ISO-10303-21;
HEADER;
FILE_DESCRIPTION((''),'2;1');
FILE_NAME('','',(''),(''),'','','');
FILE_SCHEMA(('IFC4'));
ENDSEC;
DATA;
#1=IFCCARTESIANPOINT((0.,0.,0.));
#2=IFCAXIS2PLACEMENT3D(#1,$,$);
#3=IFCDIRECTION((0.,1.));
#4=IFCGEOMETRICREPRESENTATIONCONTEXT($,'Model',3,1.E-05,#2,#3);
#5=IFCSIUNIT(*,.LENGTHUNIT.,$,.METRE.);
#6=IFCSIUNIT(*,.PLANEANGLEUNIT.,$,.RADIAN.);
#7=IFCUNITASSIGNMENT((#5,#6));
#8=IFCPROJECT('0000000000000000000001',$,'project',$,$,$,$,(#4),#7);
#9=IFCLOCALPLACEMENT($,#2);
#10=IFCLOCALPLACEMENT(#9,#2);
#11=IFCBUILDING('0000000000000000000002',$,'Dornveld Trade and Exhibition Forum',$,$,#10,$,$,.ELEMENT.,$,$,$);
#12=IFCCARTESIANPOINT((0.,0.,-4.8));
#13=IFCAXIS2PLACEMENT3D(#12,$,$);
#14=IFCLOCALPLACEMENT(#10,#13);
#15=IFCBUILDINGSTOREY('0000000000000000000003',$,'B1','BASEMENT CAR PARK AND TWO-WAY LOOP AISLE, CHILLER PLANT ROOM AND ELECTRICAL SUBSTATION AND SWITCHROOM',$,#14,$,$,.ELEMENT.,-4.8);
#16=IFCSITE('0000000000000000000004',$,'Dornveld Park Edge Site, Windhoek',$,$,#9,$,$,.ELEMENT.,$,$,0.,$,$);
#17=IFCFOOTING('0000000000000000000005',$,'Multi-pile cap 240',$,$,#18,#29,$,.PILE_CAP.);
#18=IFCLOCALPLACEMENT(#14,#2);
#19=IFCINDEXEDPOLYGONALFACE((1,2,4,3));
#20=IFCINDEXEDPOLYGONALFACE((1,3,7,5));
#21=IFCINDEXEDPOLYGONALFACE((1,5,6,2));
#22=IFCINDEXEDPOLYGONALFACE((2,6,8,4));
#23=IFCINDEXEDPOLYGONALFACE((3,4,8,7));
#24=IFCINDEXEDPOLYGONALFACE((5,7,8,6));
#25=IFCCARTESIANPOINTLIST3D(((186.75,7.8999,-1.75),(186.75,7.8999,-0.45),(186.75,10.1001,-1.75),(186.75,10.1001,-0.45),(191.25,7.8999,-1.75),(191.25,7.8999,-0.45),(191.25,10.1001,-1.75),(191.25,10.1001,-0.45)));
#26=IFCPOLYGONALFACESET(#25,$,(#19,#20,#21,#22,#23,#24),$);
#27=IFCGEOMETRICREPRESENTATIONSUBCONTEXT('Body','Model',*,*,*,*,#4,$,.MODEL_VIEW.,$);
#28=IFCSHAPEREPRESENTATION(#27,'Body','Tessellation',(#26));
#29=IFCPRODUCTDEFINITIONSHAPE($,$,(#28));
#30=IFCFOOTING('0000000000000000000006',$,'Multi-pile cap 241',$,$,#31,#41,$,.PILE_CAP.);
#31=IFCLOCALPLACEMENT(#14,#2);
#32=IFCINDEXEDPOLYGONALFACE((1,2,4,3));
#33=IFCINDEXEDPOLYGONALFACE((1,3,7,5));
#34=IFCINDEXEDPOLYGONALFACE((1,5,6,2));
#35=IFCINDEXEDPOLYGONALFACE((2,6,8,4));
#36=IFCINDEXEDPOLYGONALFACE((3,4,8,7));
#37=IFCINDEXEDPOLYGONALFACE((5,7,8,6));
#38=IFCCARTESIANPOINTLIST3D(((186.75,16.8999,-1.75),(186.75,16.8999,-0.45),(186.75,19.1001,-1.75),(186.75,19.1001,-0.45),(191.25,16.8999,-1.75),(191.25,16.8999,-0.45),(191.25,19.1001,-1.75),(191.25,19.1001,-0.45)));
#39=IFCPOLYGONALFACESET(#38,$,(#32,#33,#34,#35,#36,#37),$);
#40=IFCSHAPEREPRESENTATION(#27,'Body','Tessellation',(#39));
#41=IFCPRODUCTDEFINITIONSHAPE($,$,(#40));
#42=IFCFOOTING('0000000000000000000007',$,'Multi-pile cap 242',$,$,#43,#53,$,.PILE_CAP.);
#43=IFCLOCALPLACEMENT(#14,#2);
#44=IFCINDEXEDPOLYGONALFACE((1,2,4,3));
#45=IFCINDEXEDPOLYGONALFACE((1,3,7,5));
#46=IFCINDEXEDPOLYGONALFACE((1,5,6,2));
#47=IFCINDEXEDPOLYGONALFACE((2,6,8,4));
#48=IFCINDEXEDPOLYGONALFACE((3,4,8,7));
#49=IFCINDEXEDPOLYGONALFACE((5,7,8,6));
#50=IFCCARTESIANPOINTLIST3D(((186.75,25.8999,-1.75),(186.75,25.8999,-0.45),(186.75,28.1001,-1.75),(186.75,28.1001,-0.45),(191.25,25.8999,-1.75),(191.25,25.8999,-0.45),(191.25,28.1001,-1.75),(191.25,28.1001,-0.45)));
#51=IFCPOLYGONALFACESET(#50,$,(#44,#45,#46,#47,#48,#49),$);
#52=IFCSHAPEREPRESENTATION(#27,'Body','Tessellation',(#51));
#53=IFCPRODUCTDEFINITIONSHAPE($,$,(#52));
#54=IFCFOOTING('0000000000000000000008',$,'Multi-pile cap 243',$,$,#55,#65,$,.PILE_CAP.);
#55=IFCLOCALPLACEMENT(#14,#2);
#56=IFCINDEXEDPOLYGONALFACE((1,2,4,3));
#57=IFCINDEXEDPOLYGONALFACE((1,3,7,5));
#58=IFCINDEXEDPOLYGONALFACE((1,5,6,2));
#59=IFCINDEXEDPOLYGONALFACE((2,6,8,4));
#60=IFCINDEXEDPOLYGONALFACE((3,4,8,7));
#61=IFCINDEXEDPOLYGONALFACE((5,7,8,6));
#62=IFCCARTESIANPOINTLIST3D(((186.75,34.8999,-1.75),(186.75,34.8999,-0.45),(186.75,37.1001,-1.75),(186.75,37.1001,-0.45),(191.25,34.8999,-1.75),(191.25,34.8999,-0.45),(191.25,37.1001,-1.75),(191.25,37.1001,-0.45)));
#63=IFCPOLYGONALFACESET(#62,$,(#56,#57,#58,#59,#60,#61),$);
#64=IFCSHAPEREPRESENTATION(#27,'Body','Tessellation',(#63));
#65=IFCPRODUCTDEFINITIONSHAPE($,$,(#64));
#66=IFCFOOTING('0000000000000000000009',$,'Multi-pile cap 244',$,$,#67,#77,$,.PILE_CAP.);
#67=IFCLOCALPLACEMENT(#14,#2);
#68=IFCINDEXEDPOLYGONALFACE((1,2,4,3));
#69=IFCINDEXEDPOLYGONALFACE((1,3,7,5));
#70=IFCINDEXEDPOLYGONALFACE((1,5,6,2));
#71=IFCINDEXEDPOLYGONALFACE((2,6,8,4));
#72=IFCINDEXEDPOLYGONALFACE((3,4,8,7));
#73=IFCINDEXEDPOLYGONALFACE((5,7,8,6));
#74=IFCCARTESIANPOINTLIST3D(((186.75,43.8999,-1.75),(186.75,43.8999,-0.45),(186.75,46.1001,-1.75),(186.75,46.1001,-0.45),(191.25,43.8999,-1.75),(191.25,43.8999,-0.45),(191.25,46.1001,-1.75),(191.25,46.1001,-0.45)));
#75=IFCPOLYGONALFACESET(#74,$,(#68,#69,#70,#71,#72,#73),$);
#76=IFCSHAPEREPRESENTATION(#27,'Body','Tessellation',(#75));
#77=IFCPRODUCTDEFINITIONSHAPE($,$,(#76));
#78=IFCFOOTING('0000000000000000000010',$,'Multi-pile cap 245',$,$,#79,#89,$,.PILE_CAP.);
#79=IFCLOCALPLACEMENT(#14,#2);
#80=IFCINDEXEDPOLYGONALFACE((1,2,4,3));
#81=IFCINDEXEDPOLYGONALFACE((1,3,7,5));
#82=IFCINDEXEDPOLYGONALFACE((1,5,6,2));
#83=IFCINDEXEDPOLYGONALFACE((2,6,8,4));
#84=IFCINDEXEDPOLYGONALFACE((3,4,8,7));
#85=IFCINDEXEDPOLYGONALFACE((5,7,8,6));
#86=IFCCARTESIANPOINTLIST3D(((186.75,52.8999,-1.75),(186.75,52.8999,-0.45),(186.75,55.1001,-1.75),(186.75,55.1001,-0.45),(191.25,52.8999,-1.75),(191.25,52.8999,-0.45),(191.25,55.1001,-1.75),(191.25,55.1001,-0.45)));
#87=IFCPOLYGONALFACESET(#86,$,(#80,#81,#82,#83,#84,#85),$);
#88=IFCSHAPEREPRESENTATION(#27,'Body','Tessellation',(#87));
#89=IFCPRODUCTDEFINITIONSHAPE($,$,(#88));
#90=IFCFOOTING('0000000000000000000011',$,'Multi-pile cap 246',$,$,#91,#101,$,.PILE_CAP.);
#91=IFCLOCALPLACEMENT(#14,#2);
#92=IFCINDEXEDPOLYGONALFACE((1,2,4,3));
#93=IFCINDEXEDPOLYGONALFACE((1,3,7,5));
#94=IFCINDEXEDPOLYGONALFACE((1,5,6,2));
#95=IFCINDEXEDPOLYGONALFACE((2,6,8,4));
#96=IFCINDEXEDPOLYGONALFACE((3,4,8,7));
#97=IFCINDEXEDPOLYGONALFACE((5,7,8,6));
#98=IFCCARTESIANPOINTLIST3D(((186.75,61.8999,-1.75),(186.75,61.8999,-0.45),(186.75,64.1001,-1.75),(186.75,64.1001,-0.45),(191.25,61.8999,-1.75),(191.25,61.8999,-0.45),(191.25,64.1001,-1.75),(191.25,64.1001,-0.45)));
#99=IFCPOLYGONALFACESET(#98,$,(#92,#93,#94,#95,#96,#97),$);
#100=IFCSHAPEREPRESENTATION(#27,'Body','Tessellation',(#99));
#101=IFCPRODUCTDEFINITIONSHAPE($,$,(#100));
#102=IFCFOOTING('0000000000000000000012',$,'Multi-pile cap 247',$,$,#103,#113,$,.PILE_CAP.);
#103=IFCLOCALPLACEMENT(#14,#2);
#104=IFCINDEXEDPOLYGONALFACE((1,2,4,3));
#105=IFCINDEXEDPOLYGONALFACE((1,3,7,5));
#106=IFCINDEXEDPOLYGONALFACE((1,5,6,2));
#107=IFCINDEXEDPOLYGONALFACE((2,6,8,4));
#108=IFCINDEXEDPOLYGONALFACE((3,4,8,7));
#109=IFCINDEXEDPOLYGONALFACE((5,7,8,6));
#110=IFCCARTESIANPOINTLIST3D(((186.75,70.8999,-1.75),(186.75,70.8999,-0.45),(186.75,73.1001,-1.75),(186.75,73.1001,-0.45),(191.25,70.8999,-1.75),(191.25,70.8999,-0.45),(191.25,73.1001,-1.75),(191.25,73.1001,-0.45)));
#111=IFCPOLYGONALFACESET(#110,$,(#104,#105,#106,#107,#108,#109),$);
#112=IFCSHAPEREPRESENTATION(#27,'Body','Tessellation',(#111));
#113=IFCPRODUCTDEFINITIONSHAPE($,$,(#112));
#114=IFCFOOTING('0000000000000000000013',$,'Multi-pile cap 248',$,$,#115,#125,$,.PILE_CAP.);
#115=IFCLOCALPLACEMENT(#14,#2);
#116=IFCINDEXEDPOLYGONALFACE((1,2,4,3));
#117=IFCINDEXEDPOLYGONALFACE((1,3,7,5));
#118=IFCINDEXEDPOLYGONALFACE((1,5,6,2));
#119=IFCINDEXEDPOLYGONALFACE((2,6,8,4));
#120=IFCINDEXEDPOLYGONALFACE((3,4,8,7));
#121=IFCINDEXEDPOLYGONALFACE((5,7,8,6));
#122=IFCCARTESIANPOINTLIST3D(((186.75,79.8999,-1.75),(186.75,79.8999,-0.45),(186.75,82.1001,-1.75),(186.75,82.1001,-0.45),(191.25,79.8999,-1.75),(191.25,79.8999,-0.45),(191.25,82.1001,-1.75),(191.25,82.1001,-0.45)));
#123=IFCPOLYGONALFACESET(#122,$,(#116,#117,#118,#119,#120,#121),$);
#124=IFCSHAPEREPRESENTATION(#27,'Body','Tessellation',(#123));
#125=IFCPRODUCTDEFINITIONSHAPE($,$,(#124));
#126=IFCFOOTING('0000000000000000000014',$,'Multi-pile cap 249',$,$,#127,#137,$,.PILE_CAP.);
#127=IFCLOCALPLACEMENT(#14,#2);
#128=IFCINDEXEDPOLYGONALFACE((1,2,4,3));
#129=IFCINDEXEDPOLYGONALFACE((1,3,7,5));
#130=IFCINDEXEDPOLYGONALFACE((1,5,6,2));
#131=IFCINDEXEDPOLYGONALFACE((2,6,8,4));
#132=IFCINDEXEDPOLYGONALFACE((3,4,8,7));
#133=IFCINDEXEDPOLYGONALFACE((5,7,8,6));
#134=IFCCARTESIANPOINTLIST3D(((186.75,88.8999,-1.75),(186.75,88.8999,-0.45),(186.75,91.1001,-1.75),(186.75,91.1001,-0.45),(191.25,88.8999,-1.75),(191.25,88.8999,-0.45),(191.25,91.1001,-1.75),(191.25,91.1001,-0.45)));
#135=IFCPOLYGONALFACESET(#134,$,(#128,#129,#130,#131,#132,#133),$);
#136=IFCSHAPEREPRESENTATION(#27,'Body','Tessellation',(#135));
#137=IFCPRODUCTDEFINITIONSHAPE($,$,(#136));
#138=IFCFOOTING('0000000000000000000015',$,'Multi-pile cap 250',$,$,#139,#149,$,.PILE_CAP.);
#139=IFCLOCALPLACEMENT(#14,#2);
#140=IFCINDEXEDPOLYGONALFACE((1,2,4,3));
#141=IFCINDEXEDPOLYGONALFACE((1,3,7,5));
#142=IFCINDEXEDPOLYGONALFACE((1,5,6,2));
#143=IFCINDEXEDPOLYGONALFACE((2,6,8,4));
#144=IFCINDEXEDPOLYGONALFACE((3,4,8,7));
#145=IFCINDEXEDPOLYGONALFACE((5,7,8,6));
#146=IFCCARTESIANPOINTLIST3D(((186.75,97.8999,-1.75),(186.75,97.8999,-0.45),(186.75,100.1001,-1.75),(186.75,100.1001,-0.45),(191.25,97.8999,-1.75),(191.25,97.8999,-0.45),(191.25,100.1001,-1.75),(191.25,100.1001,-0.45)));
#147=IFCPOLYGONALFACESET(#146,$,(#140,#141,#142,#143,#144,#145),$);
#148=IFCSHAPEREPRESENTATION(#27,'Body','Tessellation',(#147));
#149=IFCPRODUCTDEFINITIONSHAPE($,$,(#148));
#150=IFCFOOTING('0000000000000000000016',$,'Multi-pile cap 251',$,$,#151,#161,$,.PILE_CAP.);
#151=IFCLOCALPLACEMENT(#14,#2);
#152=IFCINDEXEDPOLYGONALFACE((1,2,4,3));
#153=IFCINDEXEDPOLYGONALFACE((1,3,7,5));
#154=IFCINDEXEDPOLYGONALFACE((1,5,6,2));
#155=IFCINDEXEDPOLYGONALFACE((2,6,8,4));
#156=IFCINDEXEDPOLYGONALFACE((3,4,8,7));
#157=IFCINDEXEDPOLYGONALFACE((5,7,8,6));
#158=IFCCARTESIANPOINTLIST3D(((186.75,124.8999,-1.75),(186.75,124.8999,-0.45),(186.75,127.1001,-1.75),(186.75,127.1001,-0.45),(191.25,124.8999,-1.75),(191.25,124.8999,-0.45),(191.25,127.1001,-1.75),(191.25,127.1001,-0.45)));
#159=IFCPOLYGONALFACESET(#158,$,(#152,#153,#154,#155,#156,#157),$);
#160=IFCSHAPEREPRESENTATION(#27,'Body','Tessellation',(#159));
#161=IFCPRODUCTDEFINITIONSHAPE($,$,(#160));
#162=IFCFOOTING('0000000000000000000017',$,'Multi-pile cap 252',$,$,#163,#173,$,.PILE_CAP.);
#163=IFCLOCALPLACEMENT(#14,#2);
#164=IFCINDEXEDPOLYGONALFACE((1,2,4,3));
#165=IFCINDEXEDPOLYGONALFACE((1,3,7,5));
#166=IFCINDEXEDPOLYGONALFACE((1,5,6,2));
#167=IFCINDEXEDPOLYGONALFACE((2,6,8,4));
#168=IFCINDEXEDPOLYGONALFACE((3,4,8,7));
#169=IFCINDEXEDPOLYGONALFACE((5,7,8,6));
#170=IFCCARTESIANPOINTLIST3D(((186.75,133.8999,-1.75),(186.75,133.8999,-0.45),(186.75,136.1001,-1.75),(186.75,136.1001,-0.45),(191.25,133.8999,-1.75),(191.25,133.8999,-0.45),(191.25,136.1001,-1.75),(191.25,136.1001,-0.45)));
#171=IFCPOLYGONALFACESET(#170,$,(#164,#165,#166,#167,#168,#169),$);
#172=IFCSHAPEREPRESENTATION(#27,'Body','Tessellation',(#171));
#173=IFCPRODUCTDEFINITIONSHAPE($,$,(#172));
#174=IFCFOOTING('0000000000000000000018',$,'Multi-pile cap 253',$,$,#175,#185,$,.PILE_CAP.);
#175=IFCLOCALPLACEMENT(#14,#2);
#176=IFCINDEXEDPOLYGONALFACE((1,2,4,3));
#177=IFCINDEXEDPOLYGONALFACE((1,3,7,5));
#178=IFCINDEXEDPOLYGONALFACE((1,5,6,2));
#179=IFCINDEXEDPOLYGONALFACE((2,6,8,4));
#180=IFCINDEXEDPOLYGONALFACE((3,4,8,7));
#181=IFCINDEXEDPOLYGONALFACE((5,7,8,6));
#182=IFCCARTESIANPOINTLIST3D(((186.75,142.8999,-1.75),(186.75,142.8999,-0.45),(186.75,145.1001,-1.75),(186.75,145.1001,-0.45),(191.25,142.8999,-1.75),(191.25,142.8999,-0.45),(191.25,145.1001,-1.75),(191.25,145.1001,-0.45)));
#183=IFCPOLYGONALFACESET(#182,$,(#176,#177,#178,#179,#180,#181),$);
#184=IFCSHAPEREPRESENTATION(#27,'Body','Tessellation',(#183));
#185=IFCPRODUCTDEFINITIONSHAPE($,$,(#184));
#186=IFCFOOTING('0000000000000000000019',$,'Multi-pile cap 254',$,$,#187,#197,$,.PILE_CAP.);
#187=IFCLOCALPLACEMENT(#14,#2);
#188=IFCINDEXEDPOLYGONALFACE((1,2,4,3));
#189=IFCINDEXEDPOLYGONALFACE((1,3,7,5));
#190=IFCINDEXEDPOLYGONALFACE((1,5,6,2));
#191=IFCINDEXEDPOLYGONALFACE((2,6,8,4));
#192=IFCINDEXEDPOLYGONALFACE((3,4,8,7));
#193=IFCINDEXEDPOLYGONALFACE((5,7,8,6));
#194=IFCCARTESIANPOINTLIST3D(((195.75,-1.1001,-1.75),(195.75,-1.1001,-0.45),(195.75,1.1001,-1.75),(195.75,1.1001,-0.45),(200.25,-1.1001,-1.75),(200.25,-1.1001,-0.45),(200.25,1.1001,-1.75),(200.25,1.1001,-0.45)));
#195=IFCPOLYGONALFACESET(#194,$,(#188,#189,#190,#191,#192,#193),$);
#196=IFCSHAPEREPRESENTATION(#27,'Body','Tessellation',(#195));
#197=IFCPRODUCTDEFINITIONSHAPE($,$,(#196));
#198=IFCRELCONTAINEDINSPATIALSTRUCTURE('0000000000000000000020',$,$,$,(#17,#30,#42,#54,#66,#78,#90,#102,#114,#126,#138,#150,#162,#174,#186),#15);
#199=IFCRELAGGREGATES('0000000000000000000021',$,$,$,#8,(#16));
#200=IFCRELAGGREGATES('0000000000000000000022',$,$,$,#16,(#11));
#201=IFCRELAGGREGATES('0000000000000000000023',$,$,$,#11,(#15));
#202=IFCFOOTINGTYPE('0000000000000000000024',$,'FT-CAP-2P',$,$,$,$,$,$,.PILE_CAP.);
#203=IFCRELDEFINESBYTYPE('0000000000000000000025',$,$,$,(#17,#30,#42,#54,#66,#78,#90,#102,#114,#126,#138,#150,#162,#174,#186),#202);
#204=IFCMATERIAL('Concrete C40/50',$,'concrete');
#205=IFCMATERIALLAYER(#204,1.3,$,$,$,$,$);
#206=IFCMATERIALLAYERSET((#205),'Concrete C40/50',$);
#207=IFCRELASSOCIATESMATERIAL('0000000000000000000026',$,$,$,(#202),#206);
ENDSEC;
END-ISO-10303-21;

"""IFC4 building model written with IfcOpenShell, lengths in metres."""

from ifc_helpers import new_model, si_unit, direction, frame, origin, place, context, subcontext, project, spatial, polyline, outline, extrude, material, layer, layer_set, type_object, element, save


model = new_model("IFC4")

# Units and contexts
model_context = context("Model", 3, precision=1e-05, world=origin(), true_north=direction((0.0, 1.0)))
body_context = subcontext(model_context, "Body", "Model", "MODEL_VIEW")
ifc_project = project(units=[si_unit("LENGTHUNIT", "METRE"), si_unit("PLANEANGLEUNIT", "RADIAN")], contexts=[model_context])

# Site, building, storey
site_placement = place(None, origin())
site = spatial("IfcSite", under=ifc_project, at=site_placement, Name="Dornveld Park Edge Site, Windhoek", CompositionType="ELEMENT", RefElevation=0.0)
building_placement = place(site_placement, origin())
building = spatial("IfcBuilding", under=site, at=building_placement, Name="Dornveld Trade and Exhibition Forum", CompositionType="ELEMENT")
storey_placement = place(building_placement, frame((0.0, 0.0, -4.8)))
storey = spatial("IfcBuildingStorey", under=building, at=storey_placement, Name="B1", Description="BASEMENT CAR PARK AND TWO-WAY LOOP AISLE, CHILLER PLANT ROOM AND ELECTRICAL SUBSTATION AND SWITCHROOM", CompositionType="ELEMENT", Elevation=-4.8)

# Footings
ifc_material_1 = material(Name="Concrete C40/50", Category="concrete")
ifc_layer_1 = layer(ifc_material_1, 1.3)
ifc_layer_set_1 = layer_set([ifc_layer_1], Name="Concrete C40/50")
footing_type_1 = type_object("IfcFootingType", Name="FT-CAP-2P", PredefinedType="PILE_CAP", material=ifc_layer_set_1)
footing_1_placement = place(storey_placement, frame((0.0, 0.0, -1.75)))
element("IfcFooting", 1, at=footing_1_placement, inside=storey, type_object=footing_type_1, Name="Multi-pile cap 240", PredefinedType="PILE_CAP", context=body_context, shape_type="SweptSolid", body=[
    extrude(outline(polyline([(186.75, 7.8999), (191.25, 7.8999), (191.25, 10.1001), (186.75, 10.1001), (186.75, 7.8999)])), origin(), (0.0, 0.0, 1.0), 1.3),
])
footing_2_placement = place(storey_placement, frame((0.0, 0.0, -1.75)))
element("IfcFooting", 2, at=footing_2_placement, inside=storey, type_object=footing_type_1, Name="Multi-pile cap 241", PredefinedType="PILE_CAP", context=body_context, shape_type="SweptSolid", body=[
    extrude(outline(polyline([(186.75, 16.8999), (191.25, 16.8999), (191.25, 19.1001), (186.75, 19.1001), (186.75, 16.8999)])), origin(), (0.0, 0.0, 1.0), 1.3),
])
footing_3_placement = place(storey_placement, frame((0.0, 0.0, -1.75)))
element("IfcFooting", 3, at=footing_3_placement, inside=storey, type_object=footing_type_1, Name="Multi-pile cap 242", PredefinedType="PILE_CAP", context=body_context, shape_type="SweptSolid", body=[
    extrude(outline(polyline([(186.75, 25.8999), (191.25, 25.8999), (191.25, 28.1001), (186.75, 28.1001), (186.75, 25.8999)])), origin(), (0.0, 0.0, 1.0), 1.3),
])
footing_4_placement = place(storey_placement, frame((0.0, 0.0, -1.75)))
element("IfcFooting", 4, at=footing_4_placement, inside=storey, type_object=footing_type_1, Name="Multi-pile cap 243", PredefinedType="PILE_CAP", context=body_context, shape_type="SweptSolid", body=[
    extrude(outline(polyline([(186.75, 34.8999), (191.25, 34.8999), (191.25, 37.1001), (186.75, 37.1001), (186.75, 34.8999)])), origin(), (0.0, 0.0, 1.0), 1.3),
])
footing_5_placement = place(storey_placement, frame((0.0, 0.0, -1.75)))
element("IfcFooting", 5, at=footing_5_placement, inside=storey, type_object=footing_type_1, Name="Multi-pile cap 244", PredefinedType="PILE_CAP", context=body_context, shape_type="SweptSolid", body=[
    extrude(outline(polyline([(186.75, 43.8999), (191.25, 43.8999), (191.25, 46.1001), (186.75, 46.1001), (186.75, 43.8999)])), origin(), (0.0, 0.0, 1.0), 1.3),
])
footing_6_placement = place(storey_placement, frame((0.0, 0.0, -1.75)))
element("IfcFooting", 6, at=footing_6_placement, inside=storey, type_object=footing_type_1, Name="Multi-pile cap 245", PredefinedType="PILE_CAP", context=body_context, shape_type="SweptSolid", body=[
    extrude(outline(polyline([(186.75, 52.8999), (191.25, 52.8999), (191.25, 55.1001), (186.75, 55.1001), (186.75, 52.8999)])), origin(), (0.0, 0.0, 1.0), 1.3),
])
footing_7_placement = place(storey_placement, frame((0.0, 0.0, -1.75)))
element("IfcFooting", 7, at=footing_7_placement, inside=storey, type_object=footing_type_1, Name="Multi-pile cap 246", PredefinedType="PILE_CAP", context=body_context, shape_type="SweptSolid", body=[
    extrude(outline(polyline([(186.75, 61.8999), (191.25, 61.8999), (191.25, 64.1001), (186.75, 64.1001), (186.75, 61.8999)])), origin(), (0.0, 0.0, 1.0), 1.3),
])
footing_8_placement = place(storey_placement, frame((0.0, 0.0, -1.75)))
element("IfcFooting", 8, at=footing_8_placement, inside=storey, type_object=footing_type_1, Name="Multi-pile cap 247", PredefinedType="PILE_CAP", context=body_context, shape_type="SweptSolid", body=[
    extrude(outline(polyline([(186.75, 70.8999), (191.25, 70.8999), (191.25, 73.1001), (186.75, 73.1001), (186.75, 70.8999)])), origin(), (0.0, 0.0, 1.0), 1.3),
])
footing_9_placement = place(storey_placement, frame((0.0, 0.0, -1.75)))
element("IfcFooting", 9, at=footing_9_placement, inside=storey, type_object=footing_type_1, Name="Multi-pile cap 248", PredefinedType="PILE_CAP", context=body_context, shape_type="SweptSolid", body=[
    extrude(outline(polyline([(186.75, 79.8999), (191.25, 79.8999), (191.25, 82.1001), (186.75, 82.1001), (186.75, 79.8999)])), origin(), (0.0, 0.0, 1.0), 1.3),
])
footing_10_placement = place(storey_placement, frame((0.0, 0.0, -1.75)))
element("IfcFooting", 10, at=footing_10_placement, inside=storey, type_object=footing_type_1, Name="Multi-pile cap 249", PredefinedType="PILE_CAP", context=body_context, shape_type="SweptSolid", body=[
    extrude(outline(polyline([(186.75, 88.8999), (191.25, 88.8999), (191.25, 91.1001), (186.75, 91.1001), (186.75, 88.8999)])), origin(), (0.0, 0.0, 1.0), 1.3),
])
footing_11_placement = place(storey_placement, frame((0.0, 0.0, -1.75)))
element("IfcFooting", 11, at=footing_11_placement, inside=storey, type_object=footing_type_1, Name="Multi-pile cap 250", PredefinedType="PILE_CAP", context=body_context, shape_type="SweptSolid", body=[
    extrude(outline(polyline([(186.75, 97.8999), (191.25, 97.8999), (191.25, 100.1001), (186.75, 100.1001), (186.75, 97.8999)])), origin(), (0.0, 0.0, 1.0), 1.3),
])
footing_12_placement = place(storey_placement, frame((0.0, 0.0, -1.75)))
element("IfcFooting", 12, at=footing_12_placement, inside=storey, type_object=footing_type_1, Name="Multi-pile cap 251", PredefinedType="PILE_CAP", context=body_context, shape_type="SweptSolid", body=[
    extrude(outline(polyline([(186.75, 124.8999), (191.25, 124.8999), (191.25, 127.1001), (186.75, 127.1001), (186.75, 124.8999)])), origin(), (0.0, 0.0, 1.0), 1.3),
])
footing_13_placement = place(storey_placement, frame((0.0, 0.0, -1.75)))
element("IfcFooting", 13, at=footing_13_placement, inside=storey, type_object=footing_type_1, Name="Multi-pile cap 252", PredefinedType="PILE_CAP", context=body_context, shape_type="SweptSolid", body=[
    extrude(outline(polyline([(186.75, 133.8999), (191.25, 133.8999), (191.25, 136.1001), (186.75, 136.1001), (186.75, 133.8999)])), origin(), (0.0, 0.0, 1.0), 1.3),
])
footing_14_placement = place(storey_placement, frame((0.0, 0.0, -1.75)))
element("IfcFooting", 14, at=footing_14_placement, inside=storey, type_object=footing_type_1, Name="Multi-pile cap 253", PredefinedType="PILE_CAP", context=body_context, shape_type="SweptSolid", body=[
    extrude(outline(polyline([(186.75, 142.8999), (191.25, 142.8999), (191.25, 145.1001), (186.75, 145.1001), (186.75, 142.8999)])), origin(), (0.0, 0.0, 1.0), 1.3),
])
footing_15_placement = place(storey_placement, frame((0.0, 0.0, -1.75)))
element("IfcFooting", 15, at=footing_15_placement, inside=storey, type_object=footing_type_1, Name="Multi-pile cap 254", PredefinedType="PILE_CAP", context=body_context, shape_type="SweptSolid", body=[
    extrude(outline(polyline([(195.75, -1.1001), (200.25, -1.1001), (200.25, 1.1001), (195.75, 1.1001), (195.75, -1.1001)])), origin(), (0.0, 0.0, 1.0), 1.3),
])

save(model, "model.ifc")
